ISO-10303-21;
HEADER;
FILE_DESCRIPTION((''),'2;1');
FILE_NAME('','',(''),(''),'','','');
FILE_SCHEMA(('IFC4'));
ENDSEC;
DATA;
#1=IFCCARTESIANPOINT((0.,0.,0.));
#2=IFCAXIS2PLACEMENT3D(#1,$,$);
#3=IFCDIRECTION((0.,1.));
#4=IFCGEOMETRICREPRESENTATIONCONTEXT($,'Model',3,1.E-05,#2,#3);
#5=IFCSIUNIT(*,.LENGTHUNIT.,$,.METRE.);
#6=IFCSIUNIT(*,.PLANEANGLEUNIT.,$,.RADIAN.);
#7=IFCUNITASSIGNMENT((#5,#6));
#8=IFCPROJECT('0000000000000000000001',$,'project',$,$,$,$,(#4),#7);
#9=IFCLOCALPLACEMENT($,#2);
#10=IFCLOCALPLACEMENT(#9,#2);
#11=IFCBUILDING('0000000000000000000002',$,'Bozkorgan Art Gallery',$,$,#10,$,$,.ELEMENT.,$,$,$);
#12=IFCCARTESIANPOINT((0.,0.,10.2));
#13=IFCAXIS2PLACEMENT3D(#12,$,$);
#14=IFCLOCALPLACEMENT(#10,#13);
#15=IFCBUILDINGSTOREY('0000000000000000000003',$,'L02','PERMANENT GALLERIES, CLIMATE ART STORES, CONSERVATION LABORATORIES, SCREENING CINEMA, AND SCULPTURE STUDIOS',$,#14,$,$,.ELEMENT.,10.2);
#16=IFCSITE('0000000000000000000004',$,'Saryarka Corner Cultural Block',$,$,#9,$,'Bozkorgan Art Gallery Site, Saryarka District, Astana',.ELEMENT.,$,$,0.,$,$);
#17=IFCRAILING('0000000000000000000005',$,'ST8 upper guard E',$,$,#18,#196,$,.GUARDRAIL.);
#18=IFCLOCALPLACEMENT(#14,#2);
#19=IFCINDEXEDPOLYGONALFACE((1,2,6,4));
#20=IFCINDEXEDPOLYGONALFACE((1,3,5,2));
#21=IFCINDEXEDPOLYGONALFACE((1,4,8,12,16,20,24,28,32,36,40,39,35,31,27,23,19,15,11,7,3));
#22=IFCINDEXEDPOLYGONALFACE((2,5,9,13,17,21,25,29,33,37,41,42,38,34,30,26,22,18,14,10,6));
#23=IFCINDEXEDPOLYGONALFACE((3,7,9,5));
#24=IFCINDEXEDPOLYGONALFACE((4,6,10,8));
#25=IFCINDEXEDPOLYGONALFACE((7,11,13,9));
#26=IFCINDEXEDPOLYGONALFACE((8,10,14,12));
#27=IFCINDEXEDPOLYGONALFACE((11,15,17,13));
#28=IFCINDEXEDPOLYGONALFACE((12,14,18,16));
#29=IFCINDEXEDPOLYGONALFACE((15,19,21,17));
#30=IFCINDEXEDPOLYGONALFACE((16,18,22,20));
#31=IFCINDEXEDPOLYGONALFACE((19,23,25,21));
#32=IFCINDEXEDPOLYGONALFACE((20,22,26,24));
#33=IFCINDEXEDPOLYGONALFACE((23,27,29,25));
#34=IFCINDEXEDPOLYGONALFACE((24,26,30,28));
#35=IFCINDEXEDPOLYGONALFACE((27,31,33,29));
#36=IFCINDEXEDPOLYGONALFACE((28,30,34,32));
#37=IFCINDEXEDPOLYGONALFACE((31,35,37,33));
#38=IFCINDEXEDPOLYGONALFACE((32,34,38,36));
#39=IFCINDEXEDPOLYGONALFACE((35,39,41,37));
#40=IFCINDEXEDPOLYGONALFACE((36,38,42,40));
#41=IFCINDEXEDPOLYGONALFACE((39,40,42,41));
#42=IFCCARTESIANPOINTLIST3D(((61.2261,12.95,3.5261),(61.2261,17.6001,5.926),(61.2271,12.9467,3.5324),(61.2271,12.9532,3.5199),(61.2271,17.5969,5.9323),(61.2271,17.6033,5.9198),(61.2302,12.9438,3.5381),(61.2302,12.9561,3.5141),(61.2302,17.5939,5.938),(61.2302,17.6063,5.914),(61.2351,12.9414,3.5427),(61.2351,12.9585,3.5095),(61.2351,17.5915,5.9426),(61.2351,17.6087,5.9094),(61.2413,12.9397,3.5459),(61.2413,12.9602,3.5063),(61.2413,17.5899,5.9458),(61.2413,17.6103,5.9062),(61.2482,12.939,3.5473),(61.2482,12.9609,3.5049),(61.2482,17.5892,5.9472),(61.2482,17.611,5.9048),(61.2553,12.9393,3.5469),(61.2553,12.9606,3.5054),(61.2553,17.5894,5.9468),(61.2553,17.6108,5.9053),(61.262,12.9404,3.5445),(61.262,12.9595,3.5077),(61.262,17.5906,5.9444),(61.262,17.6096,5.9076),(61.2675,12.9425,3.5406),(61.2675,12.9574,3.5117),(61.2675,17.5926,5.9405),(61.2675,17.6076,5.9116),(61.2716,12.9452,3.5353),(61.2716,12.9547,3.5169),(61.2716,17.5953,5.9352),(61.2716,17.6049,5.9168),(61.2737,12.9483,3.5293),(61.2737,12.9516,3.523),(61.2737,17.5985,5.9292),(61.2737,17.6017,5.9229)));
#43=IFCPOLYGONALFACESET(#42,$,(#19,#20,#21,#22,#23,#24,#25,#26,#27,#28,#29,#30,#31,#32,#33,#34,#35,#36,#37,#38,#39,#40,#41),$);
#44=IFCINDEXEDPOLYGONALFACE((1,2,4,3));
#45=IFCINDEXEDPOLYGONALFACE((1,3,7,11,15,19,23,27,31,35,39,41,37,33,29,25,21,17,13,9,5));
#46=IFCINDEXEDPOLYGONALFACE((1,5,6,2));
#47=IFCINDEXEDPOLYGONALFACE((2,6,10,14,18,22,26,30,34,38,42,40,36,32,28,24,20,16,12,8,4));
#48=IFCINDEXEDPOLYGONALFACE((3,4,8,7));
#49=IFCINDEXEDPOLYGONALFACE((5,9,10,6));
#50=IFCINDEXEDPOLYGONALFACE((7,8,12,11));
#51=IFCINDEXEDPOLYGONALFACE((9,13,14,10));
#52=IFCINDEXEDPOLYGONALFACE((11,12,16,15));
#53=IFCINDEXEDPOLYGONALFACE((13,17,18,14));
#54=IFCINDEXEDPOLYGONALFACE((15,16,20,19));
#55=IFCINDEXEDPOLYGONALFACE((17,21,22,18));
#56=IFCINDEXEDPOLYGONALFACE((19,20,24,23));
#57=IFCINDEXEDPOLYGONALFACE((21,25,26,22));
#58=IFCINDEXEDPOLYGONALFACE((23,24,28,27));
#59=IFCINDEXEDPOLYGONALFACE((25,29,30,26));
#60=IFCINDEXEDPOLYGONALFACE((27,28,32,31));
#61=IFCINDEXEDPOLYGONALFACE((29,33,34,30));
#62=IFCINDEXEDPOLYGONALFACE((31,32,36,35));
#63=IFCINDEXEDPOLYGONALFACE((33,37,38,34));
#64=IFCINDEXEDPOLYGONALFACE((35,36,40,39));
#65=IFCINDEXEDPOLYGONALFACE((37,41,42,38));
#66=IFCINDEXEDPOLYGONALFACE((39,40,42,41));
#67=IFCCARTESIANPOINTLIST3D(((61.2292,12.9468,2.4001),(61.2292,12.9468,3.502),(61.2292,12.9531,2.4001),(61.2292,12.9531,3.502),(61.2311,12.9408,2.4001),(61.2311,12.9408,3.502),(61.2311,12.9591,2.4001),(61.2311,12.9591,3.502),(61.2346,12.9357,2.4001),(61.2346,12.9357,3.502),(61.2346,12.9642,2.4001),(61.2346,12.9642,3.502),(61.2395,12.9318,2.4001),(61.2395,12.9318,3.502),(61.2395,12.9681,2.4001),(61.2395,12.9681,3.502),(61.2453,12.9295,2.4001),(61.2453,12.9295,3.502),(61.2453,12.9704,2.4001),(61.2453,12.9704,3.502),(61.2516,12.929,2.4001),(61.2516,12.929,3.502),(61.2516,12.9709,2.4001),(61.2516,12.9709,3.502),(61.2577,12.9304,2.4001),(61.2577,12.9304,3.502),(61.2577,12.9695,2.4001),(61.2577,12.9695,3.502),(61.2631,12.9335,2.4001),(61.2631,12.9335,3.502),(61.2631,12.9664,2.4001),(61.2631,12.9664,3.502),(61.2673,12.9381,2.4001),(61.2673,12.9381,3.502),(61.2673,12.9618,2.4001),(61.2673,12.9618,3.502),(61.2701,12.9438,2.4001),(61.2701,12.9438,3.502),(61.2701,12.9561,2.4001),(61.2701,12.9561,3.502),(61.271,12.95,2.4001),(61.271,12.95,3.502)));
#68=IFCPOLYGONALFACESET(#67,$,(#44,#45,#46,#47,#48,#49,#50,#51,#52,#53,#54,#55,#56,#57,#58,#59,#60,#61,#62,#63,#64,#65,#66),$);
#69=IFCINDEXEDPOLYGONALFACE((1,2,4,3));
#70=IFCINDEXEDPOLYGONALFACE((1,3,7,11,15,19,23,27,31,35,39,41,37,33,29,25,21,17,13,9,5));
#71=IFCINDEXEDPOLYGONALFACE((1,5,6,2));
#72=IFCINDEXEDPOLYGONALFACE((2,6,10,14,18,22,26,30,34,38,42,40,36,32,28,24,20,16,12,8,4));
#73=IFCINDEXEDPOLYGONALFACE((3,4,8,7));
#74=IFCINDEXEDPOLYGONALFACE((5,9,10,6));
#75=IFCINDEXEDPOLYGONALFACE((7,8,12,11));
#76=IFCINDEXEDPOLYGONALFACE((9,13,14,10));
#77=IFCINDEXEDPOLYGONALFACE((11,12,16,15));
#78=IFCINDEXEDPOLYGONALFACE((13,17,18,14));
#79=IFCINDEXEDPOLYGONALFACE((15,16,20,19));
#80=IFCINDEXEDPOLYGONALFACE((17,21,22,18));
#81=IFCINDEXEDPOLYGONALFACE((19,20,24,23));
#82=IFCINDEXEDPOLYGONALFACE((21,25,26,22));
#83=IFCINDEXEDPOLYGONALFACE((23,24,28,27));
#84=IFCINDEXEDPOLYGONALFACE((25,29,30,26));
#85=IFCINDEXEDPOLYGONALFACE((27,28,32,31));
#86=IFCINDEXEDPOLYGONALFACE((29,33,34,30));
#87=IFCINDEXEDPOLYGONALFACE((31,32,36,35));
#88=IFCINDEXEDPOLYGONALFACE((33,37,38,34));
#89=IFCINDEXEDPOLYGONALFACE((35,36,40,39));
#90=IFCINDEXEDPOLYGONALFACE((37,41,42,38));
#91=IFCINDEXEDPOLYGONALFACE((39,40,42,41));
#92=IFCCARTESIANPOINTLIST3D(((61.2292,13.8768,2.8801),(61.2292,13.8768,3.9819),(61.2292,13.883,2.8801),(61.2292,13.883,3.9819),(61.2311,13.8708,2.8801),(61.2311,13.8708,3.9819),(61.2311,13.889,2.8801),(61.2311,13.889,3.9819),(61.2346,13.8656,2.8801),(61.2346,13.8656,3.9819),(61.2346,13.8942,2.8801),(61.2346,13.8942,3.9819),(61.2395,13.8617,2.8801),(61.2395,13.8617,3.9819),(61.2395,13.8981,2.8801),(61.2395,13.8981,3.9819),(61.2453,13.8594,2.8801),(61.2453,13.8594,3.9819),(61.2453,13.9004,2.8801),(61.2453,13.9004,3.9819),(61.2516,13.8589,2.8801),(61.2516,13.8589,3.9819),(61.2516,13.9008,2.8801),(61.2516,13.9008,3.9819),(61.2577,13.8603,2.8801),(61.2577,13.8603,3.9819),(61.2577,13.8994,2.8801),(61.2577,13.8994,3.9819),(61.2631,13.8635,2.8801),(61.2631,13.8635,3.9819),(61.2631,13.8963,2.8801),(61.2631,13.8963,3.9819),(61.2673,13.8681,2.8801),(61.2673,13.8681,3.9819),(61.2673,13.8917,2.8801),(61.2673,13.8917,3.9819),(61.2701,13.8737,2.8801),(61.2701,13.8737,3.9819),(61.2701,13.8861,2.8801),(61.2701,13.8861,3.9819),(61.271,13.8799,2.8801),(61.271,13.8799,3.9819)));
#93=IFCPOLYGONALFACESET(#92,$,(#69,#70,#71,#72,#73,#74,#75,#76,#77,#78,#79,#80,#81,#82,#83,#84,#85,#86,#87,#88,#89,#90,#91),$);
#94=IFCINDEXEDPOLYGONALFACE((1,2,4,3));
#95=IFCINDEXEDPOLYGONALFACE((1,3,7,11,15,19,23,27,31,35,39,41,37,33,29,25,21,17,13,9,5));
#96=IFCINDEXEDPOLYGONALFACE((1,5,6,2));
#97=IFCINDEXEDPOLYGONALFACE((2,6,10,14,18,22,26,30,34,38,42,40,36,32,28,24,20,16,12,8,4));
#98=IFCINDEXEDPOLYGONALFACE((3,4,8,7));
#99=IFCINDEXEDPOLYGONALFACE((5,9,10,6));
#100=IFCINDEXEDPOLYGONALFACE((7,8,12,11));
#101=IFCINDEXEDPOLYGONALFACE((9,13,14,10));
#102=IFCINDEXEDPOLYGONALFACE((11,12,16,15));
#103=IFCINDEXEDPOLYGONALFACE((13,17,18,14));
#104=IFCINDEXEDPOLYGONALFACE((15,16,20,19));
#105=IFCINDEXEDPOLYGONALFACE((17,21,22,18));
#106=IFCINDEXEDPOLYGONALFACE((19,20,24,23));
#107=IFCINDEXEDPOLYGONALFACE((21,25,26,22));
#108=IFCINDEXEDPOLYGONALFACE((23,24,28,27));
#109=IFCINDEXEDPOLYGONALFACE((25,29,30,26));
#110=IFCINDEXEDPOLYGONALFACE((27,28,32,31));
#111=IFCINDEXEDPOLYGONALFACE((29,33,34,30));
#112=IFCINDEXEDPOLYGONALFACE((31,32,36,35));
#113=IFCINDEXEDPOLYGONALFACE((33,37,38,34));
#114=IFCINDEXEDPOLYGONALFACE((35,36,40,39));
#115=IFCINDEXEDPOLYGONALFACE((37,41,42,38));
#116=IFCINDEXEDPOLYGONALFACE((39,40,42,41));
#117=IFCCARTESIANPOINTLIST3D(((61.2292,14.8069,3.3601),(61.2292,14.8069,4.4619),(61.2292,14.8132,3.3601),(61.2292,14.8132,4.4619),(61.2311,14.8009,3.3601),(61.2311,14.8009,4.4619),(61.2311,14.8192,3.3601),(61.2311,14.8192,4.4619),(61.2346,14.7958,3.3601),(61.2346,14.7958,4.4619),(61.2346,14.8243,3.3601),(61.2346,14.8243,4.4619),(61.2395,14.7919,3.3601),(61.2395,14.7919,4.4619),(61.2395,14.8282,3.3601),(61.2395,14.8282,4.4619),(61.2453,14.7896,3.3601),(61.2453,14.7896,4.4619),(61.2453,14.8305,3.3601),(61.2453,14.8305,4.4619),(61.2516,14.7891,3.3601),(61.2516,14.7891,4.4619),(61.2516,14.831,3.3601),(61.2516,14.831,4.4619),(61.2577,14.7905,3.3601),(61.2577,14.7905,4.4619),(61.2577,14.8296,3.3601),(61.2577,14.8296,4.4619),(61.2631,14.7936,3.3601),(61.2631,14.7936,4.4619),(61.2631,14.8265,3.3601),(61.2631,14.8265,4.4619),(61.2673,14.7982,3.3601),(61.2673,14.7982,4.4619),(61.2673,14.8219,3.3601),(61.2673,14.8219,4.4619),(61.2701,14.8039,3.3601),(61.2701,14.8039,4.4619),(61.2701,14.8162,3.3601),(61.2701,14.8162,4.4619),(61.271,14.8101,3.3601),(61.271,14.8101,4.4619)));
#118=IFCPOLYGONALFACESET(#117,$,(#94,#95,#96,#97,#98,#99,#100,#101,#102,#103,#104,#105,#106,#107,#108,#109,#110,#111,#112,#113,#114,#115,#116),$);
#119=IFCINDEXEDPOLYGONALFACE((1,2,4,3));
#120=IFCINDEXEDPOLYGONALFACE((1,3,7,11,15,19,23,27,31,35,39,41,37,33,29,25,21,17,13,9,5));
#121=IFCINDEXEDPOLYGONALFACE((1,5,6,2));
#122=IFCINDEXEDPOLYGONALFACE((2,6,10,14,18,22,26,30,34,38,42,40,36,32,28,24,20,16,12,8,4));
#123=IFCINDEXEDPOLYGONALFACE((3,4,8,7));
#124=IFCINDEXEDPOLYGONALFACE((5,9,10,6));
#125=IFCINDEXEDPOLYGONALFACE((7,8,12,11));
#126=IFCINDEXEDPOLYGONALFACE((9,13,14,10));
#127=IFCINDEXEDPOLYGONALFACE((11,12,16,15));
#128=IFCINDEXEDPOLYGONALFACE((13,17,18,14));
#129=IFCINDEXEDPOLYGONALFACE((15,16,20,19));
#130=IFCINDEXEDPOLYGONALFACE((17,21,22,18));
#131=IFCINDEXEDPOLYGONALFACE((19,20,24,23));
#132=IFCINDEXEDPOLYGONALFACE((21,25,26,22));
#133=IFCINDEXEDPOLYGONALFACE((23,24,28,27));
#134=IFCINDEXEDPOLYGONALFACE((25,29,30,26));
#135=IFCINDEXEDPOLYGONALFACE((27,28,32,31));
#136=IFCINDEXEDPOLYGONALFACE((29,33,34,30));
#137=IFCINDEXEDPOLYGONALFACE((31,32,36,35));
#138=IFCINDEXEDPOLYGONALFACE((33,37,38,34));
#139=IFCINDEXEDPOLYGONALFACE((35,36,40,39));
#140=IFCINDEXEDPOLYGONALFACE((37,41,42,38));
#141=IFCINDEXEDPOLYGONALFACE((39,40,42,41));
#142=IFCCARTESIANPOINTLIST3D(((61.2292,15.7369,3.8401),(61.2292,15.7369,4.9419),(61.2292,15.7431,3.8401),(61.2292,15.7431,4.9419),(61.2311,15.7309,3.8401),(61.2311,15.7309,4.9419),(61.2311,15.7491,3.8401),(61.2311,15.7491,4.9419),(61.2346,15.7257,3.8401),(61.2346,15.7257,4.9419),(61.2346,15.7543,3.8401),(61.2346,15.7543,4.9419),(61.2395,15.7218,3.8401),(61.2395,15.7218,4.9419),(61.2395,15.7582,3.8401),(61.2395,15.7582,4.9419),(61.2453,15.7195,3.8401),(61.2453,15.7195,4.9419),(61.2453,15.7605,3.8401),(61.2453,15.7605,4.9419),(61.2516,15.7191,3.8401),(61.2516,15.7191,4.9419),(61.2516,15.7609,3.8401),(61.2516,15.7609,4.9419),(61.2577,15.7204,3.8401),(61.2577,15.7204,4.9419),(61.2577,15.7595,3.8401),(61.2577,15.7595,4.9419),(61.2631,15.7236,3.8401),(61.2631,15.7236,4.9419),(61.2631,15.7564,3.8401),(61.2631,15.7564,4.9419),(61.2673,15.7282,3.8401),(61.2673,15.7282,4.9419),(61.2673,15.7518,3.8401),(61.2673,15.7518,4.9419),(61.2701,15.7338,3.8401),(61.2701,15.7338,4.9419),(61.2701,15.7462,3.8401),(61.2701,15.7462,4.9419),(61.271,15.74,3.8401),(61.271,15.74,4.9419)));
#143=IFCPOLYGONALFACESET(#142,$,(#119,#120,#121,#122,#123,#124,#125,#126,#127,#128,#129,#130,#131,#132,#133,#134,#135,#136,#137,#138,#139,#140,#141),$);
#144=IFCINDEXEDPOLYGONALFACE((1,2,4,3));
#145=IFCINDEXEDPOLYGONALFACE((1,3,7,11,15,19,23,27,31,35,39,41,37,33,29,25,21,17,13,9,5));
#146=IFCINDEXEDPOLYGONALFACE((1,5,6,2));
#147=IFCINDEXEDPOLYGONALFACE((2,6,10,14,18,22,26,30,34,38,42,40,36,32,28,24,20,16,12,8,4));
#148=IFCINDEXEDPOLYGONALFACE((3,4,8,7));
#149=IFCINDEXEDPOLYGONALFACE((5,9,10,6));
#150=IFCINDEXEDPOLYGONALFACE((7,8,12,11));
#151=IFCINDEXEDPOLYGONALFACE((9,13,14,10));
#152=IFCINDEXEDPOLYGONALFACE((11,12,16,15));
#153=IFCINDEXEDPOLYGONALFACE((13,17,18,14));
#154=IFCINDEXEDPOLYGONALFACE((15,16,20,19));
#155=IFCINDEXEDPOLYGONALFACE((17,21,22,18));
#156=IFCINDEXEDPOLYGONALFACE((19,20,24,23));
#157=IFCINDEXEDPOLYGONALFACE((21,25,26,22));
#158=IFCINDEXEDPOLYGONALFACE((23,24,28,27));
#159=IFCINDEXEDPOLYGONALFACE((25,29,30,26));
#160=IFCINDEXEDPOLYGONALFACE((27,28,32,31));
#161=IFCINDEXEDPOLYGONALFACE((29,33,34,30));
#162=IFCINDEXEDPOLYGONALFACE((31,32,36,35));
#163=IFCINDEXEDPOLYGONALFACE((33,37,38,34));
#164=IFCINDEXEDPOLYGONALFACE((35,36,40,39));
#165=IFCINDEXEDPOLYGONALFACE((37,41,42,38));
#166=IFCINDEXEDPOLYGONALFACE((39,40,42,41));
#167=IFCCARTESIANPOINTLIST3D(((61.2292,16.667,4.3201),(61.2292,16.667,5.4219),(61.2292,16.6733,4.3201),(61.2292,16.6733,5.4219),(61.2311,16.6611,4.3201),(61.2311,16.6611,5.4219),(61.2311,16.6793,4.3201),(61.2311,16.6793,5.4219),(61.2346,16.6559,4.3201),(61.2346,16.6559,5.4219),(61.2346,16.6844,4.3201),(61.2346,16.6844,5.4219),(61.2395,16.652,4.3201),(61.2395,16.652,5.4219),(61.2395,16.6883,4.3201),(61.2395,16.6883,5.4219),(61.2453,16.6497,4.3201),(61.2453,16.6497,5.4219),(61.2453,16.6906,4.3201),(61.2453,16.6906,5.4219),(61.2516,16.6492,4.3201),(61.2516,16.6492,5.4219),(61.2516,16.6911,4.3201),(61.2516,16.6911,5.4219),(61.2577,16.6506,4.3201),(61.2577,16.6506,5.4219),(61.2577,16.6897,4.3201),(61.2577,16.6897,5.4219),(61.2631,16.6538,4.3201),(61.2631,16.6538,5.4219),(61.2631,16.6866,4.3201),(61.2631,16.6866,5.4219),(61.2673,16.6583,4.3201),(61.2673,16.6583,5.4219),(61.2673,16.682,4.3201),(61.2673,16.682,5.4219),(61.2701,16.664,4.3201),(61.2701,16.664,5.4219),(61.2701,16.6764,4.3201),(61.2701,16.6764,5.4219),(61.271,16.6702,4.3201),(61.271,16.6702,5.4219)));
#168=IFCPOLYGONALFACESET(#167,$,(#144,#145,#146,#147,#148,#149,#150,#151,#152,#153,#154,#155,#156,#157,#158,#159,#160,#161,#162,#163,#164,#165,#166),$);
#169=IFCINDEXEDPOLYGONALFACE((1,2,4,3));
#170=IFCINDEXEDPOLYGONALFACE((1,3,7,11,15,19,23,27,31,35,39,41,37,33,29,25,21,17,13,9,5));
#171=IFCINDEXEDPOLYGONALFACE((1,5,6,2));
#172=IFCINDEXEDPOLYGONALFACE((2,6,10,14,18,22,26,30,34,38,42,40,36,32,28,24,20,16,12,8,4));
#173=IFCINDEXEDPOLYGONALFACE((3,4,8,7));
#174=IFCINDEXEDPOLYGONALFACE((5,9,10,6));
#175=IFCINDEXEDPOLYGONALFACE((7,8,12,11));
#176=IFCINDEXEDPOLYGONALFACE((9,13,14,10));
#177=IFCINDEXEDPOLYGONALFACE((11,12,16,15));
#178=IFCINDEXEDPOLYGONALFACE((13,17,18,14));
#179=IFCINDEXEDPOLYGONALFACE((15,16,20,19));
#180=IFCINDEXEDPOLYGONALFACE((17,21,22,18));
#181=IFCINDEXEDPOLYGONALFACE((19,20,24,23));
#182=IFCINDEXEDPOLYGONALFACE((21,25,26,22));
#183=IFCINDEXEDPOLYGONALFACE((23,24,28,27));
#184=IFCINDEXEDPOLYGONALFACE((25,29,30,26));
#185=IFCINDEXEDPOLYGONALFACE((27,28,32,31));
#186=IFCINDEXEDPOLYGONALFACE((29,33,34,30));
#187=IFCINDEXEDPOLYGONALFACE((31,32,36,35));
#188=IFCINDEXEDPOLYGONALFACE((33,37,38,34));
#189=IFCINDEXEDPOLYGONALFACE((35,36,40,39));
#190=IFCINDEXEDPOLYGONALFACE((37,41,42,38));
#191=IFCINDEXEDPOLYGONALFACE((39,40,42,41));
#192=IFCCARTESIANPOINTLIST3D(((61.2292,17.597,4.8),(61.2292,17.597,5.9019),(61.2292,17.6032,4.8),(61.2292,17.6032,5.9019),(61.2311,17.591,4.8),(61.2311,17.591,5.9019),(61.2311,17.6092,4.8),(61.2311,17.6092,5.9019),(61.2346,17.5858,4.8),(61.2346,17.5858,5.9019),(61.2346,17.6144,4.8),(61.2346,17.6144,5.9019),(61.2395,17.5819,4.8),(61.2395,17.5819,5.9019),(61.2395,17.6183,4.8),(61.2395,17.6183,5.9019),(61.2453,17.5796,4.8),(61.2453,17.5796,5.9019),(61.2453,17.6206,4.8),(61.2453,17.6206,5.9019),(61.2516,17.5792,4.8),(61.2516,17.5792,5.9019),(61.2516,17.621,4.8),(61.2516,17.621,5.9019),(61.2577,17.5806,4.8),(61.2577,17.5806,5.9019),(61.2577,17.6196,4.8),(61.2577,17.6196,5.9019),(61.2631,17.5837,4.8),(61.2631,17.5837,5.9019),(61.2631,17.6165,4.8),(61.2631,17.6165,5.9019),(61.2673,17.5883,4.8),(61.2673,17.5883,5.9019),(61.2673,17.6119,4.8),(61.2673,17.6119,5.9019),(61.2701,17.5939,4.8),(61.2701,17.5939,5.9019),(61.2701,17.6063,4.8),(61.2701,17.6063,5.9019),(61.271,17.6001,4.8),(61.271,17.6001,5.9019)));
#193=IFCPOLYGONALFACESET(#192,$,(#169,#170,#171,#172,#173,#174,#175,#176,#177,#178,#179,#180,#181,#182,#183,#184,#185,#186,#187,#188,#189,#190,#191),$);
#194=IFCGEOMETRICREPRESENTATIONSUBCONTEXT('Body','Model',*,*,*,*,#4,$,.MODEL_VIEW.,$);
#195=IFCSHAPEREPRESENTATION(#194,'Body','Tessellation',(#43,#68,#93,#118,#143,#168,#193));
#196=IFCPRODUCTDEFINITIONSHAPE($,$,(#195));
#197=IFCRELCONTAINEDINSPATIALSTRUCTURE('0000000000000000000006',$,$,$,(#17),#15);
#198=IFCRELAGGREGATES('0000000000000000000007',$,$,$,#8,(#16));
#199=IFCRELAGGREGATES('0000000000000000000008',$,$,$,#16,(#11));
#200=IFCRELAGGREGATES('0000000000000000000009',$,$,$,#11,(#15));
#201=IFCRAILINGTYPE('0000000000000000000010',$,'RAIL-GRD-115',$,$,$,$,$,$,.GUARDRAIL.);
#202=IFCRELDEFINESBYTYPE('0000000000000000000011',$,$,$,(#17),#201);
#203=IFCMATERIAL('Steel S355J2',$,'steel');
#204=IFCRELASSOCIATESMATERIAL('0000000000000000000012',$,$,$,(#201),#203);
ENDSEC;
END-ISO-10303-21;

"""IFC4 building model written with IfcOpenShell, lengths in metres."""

from ifc_helpers import new_model, si_unit, direction, frame, origin, origin_2d, place, context, subcontext, project, spatial, circle, extrude, material, type_object, element, save


model = new_model("IFC4")

# Units and contexts
model_context = context("Model", 3, precision=1e-05, world=origin(), true_north=direction((0.0, 1.0)))
body_context = subcontext(model_context, "Body", "Model", "MODEL_VIEW")
ifc_project = project(units=[si_unit("LENGTHUNIT", "METRE"), si_unit("PLANEANGLEUNIT", "RADIAN")], contexts=[model_context])

# Site, building, storey
site_placement = place(None, origin())
site = spatial("IfcSite", under=ifc_project, at=site_placement, Name="Saryarka Corner Cultural Block", LongName="Bozkorgan Art Gallery Site, Saryarka District, Astana", CompositionType="ELEMENT", RefElevation=0.0)
building_placement = place(site_placement, origin())
building = spatial("IfcBuilding", under=site, at=building_placement, Name="Bozkorgan Art Gallery", CompositionType="ELEMENT")
storey_placement = place(building_placement, frame((0.0, 0.0, 10.2)))
storey = spatial("IfcBuildingStorey", under=building, at=storey_placement, Name="L02", Description="PERMANENT GALLERIES, CLIMATE ART STORES, CONSERVATION LABORATORIES, SCREENING CINEMA, AND SCULPTURE STUDIOS", CompositionType="ELEMENT", Elevation=10.2)

# Shared definitions
ifc_material_1 = material(Name="Steel S355J2", Category="steel")

# Railing
railing_type = type_object("IfcRailingType", Name="RAIL-GRD-115", PredefinedType="GUARDRAIL", material=ifc_material_1)
for number, where, name in (
    (1, (61.25, 12.95, 2.4001), "ST8 upper guard E"),
):
    element("IfcRailing", number, at=place(storey_placement, frame(where)), inside=storey, type_object=railing_type, Name=name, PredefinedType="GUARDRAIL", context=body_context, shape_type="SweptSolid", body=[
        extrude(circle(Radius=0.0239, at=origin_2d()), frame((0.0, 0.0, 1.126), z_axis=(0.0, 0.888634, 0.458617), x_axis=(-1.0, 0.0, 0.0)), (0.0, 0.0, 1.0), 5.2329),
        extrude(circle(Radius=0.021, at=origin_2d()), origin(), (0.0, 0.0, 1.0), 1.1018),
        extrude(circle(Radius=0.021, at=origin_2d()), frame((0.0, 0.9299, 0.48)), (0.0, 0.0, 1.0), 1.1018),
        extrude(circle(Radius=0.021, at=origin_2d()), frame((0.0, 1.8601, 0.96)), (0.0, 0.0, 1.0), 1.1018),
        extrude(circle(Radius=0.021, at=origin_2d()), frame((0.0, 2.79, 1.4399)), (0.0, 0.0, 1.0), 1.1018),
        extrude(circle(Radius=0.021, at=origin_2d()), frame((0.0, 3.7202, 1.9199)), (0.0, 0.0, 1.0), 1.1018),
        extrude(circle(Radius=0.021, at=origin_2d()), frame((0.0, 4.6501, 2.3999)), (0.0, 0.0, 1.0), 1.1018),
    ])

save(model, "model.ifc")
